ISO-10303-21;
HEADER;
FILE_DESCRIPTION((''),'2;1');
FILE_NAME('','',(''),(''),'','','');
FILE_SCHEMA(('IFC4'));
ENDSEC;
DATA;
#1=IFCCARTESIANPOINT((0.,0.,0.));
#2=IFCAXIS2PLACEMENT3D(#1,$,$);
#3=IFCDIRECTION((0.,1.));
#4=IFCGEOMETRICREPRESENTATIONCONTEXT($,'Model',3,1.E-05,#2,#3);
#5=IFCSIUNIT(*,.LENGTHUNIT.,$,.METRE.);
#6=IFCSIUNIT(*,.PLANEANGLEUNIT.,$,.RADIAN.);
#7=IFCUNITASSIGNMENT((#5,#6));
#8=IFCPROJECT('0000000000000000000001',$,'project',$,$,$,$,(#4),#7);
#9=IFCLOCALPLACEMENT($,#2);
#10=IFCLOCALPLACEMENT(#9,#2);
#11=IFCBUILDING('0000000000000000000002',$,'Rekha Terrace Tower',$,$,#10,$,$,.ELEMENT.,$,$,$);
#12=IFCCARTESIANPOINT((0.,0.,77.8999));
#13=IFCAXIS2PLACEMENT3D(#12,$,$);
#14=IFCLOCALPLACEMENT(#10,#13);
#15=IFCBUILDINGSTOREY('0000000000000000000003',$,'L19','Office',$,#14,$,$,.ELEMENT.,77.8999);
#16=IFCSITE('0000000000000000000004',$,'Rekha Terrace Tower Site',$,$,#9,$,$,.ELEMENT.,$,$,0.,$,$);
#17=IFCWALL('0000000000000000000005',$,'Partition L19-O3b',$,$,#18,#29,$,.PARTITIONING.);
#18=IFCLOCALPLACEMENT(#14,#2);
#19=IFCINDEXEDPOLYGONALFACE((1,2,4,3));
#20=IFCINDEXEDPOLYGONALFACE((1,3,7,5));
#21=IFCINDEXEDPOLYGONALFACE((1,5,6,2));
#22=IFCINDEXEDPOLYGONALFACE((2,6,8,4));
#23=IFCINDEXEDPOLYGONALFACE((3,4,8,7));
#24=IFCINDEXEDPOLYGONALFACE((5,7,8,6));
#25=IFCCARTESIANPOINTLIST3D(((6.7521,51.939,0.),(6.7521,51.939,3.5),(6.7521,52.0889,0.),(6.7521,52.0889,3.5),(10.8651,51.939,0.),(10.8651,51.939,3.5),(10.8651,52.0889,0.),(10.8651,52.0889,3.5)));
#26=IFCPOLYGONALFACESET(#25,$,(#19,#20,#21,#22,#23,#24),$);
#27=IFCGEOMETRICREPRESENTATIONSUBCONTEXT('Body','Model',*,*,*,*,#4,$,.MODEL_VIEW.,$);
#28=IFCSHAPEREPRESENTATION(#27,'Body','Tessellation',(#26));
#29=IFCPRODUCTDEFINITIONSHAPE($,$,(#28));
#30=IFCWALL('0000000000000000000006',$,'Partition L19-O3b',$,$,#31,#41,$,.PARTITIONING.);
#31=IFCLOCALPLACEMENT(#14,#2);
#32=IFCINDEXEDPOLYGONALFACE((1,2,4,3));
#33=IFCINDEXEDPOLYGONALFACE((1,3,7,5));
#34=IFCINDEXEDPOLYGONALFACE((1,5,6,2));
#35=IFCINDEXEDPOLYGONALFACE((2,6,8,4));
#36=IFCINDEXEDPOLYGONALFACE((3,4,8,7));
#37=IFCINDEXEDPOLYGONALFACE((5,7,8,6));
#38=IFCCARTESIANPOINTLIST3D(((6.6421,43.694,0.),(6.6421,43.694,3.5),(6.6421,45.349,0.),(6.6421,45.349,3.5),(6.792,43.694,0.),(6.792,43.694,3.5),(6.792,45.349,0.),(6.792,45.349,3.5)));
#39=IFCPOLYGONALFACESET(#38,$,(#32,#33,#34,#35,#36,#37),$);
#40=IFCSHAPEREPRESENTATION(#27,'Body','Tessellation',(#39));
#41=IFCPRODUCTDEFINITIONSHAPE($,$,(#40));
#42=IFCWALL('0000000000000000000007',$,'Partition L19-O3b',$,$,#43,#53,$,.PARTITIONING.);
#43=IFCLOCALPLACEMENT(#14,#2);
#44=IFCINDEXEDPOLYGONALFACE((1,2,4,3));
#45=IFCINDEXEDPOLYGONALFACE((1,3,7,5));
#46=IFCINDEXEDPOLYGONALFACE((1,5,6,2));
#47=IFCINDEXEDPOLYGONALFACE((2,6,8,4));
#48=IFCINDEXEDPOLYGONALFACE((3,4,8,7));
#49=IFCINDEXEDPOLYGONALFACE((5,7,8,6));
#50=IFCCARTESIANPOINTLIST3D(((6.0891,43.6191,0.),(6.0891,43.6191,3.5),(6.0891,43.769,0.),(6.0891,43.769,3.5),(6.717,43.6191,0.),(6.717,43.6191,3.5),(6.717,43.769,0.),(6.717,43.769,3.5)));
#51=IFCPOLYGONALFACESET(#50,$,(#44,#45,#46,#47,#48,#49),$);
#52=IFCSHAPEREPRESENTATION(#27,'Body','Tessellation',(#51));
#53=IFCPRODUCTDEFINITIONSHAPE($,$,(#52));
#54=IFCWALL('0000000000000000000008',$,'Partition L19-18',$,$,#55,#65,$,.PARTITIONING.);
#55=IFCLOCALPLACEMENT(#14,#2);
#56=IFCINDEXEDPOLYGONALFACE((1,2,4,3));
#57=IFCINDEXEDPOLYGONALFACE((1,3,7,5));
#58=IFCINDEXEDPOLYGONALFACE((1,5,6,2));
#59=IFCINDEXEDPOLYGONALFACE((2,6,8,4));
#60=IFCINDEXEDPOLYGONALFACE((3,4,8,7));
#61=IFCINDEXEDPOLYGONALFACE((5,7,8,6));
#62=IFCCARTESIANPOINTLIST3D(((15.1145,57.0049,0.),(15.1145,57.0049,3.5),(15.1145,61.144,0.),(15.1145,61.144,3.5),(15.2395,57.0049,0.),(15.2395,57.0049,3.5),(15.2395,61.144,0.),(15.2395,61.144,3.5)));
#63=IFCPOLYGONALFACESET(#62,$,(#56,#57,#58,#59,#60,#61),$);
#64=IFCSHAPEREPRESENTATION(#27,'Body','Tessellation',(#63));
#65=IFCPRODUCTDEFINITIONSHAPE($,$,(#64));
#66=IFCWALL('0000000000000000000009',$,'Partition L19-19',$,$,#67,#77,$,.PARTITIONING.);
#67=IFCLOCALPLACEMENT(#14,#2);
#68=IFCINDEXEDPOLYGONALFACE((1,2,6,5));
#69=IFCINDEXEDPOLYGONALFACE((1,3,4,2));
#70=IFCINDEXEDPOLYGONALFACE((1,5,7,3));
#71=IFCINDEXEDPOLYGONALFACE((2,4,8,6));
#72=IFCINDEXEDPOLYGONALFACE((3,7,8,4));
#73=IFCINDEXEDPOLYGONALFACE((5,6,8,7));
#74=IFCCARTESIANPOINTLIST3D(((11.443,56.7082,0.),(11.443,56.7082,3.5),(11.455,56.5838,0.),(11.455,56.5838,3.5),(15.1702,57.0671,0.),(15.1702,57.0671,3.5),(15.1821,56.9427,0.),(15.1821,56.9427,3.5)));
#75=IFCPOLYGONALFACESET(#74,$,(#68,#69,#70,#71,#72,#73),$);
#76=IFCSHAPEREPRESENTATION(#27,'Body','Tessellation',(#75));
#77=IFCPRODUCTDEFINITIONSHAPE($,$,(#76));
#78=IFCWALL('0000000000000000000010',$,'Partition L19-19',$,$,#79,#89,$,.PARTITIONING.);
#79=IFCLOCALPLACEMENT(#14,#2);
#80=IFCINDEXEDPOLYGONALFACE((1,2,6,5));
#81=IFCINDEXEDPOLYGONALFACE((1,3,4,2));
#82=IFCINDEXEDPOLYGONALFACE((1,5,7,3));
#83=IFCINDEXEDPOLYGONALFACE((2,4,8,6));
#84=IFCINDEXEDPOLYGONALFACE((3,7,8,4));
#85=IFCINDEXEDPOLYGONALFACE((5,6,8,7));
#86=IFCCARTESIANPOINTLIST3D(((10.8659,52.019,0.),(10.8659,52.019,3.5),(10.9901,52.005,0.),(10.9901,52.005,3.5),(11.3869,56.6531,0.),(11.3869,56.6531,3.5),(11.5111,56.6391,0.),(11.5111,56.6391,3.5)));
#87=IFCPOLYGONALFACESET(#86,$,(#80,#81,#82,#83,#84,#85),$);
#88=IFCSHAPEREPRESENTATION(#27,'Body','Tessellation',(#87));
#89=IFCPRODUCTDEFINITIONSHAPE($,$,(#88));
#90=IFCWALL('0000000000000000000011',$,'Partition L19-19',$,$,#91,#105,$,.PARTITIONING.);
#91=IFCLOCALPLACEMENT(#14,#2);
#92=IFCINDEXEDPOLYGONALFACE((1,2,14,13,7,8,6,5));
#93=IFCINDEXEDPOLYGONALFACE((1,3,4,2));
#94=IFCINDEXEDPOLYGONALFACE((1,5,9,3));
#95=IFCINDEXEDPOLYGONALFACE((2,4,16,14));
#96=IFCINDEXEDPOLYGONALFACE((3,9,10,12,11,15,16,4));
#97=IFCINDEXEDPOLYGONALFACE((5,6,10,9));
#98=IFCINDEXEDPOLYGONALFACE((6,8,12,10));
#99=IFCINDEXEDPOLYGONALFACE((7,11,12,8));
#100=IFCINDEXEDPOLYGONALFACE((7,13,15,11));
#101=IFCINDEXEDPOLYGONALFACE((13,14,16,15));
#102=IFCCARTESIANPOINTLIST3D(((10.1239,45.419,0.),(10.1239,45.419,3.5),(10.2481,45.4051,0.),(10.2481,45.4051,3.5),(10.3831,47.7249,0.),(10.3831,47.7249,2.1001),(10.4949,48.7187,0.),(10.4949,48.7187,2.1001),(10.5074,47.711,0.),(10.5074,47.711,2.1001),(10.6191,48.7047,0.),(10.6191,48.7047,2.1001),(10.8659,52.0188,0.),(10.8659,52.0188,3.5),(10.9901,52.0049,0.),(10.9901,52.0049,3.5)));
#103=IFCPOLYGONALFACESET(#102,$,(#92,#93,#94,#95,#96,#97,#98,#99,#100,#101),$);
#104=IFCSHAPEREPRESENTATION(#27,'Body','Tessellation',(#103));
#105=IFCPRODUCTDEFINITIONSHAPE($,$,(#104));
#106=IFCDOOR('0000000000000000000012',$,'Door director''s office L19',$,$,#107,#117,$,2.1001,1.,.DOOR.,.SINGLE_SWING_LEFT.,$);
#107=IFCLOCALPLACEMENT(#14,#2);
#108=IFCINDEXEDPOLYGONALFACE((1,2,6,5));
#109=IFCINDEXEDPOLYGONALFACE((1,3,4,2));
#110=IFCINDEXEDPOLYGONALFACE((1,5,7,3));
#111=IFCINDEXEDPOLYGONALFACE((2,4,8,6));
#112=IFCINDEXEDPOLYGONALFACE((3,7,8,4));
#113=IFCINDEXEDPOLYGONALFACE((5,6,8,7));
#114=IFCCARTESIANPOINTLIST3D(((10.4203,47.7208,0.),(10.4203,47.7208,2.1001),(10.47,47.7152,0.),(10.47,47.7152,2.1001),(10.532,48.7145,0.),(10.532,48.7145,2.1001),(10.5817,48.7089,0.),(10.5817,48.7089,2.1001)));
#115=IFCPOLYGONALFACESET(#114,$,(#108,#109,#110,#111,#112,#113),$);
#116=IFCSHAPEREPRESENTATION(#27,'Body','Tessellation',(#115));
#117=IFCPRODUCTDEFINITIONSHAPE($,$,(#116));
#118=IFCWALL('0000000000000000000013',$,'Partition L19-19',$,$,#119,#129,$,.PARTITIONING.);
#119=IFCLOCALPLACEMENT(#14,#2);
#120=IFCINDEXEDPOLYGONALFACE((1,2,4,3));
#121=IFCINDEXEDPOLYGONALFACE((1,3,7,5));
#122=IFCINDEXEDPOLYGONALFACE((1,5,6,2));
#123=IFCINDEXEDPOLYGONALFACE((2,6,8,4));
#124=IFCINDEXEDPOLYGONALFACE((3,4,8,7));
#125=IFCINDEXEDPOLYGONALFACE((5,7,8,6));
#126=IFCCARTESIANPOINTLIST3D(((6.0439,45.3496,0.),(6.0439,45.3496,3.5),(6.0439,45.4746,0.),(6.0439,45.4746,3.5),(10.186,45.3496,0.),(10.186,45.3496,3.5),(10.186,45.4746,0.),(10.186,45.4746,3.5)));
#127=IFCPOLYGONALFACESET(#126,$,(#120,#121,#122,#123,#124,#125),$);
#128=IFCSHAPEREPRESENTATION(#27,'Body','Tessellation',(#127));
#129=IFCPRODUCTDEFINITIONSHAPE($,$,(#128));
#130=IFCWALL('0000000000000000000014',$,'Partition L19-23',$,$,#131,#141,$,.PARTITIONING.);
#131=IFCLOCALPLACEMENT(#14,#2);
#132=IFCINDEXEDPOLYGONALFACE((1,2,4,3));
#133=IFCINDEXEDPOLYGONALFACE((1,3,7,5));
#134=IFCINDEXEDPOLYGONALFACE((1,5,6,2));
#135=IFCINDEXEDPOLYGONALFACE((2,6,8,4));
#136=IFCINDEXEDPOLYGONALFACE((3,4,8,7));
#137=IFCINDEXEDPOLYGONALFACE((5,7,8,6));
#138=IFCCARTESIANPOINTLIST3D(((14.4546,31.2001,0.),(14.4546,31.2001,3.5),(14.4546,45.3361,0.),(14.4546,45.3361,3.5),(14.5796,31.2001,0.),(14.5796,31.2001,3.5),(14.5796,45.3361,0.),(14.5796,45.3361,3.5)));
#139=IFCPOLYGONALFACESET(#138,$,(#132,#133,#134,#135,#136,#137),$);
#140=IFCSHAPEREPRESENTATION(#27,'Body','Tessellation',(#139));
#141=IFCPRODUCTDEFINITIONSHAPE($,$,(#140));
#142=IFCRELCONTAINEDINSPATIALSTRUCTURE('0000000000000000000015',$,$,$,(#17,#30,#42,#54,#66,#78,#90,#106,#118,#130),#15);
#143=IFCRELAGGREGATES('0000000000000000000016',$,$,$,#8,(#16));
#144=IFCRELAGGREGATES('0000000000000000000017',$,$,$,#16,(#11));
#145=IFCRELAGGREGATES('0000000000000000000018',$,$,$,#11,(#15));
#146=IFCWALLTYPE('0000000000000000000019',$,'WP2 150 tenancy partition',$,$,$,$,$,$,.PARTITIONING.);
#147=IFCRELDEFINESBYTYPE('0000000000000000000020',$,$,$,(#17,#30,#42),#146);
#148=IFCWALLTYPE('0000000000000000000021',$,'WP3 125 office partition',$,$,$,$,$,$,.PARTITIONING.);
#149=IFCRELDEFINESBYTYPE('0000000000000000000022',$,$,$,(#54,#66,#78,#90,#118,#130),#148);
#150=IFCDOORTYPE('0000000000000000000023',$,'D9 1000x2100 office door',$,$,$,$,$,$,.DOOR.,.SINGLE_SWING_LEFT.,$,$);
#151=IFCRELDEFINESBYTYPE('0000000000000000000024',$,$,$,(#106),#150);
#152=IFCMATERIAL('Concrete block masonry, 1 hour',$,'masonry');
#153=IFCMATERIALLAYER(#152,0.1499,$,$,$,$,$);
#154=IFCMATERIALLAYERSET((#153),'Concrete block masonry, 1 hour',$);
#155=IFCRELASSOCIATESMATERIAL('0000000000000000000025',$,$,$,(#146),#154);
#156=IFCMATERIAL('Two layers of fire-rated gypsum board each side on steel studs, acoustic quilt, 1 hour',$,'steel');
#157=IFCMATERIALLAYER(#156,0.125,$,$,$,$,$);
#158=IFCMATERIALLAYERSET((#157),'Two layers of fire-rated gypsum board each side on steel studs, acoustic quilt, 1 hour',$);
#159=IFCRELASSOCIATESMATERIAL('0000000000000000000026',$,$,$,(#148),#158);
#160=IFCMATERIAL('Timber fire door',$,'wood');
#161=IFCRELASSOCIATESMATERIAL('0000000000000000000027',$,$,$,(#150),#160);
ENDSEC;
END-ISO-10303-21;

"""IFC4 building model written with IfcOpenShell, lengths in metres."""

from ifc_helpers import new_model, si_unit, direction, frame, frame_2d, origin, place, context, subcontext, project, spatial, rectangle, extrude, material, layer, layer_set, type_object, element, fill, save


model = new_model("IFC4")

# Units and contexts
model_context = context("Model", 3, precision=1e-05, world=origin(), true_north=direction((0.0, 1.0)))
body_context = subcontext(model_context, "Body", "Model", "MODEL_VIEW")
ifc_project = project(units=[si_unit("LENGTHUNIT", "METRE"), si_unit("PLANEANGLEUNIT", "RADIAN")], contexts=[model_context])

# Site, building, storey
site_placement = place(None, origin())
site = spatial("IfcSite", under=ifc_project, at=site_placement, Name="Rekha Terrace Tower Site", CompositionType="ELEMENT", RefElevation=0.0)
building_placement = place(site_placement, origin())
building = spatial("IfcBuilding", under=site, at=building_placement, Name="Rekha Terrace Tower", CompositionType="ELEMENT")
storey_placement = place(building_placement, frame((0.0, 0.0, 77.8999)))
storey = spatial("IfcBuildingStorey", under=building, at=storey_placement, Name="L19", Description="Office", CompositionType="ELEMENT", Elevation=77.8999)

# Walls
ifc_material_1 = material(Name="Concrete block masonry, 1 hour", Category="masonry")
ifc_layer_1 = layer(ifc_material_1, 0.1499)
ifc_layer_set_1 = layer_set([ifc_layer_1], Name="Concrete block masonry, 1 hour")
wall_type_1 = type_object("IfcWallType", Name="WP2 150 tenancy partition", PredefinedType="PARTITIONING", material=ifc_layer_set_1)
wall_1_placement = place(storey_placement, frame((6.752, 52.0139, 0.0), z_axis=(0.0, 0.0, 1.0), x_axis=(1.0, 0.0, 0.0)))
element("IfcWall", 1, at=wall_1_placement, inside=storey, type_object=wall_type_1, Name="Partition L19-O3b", PredefinedType="PARTITIONING", context=body_context, shape_type="SweptSolid", body=[
    extrude(rectangle(XDim=4.113, YDim=0.1499, at=frame_2d((2.0566, 0.0))), origin(), (0.0, 0.0, 1.0), 3.5),
])
wall_2_placement = place(storey_placement, frame((6.717, 45.3491, 0.0), z_axis=(0.0, 0.0, 1.0), x_axis=(0.0, -1.0, 0.0)))
element("IfcWall", 2, at=wall_2_placement, inside=storey, type_object=wall_type_1, Name="Partition L19-O3b", PredefinedType="PARTITIONING", context=body_context, shape_type="SweptSolid", body=[
    extrude(rectangle(XDim=1.655, YDim=0.1499, at=frame_2d((0.8276, 0.0))), origin(), (0.0, 0.0, 1.0), 3.5),
])
wall_3_placement = place(storey_placement, frame((6.717, 43.6941, 0.0), z_axis=(0.0, 0.0, 1.0), x_axis=(-1.0, 0.0, 0.0)))
element("IfcWall", 3, at=wall_3_placement, inside=storey, type_object=wall_type_1, Name="Partition L19-O3b", PredefinedType="PARTITIONING", context=body_context, shape_type="SweptSolid", body=[
    extrude(rectangle(XDim=0.6279, YDim=0.1499, at=frame_2d((0.314, 0.0))), origin(), (0.0, 0.0, 1.0), 3.5),
])
ifc_material_2 = material(Name="Two layers of fire-rated gypsum board each side on steel studs, acoustic quilt, 1 hour", Category="steel")
ifc_layer_2 = layer(ifc_material_2, 0.125)
ifc_layer_set_2 = layer_set([ifc_layer_2], Name="Two layers of fire-rated gypsum board each side on steel studs, acoustic quilt, 1 hour")
wall_type_2 = type_object("IfcWallType", Name="WP3 125 office partition", PredefinedType="PARTITIONING", material=ifc_layer_set_2)
wall_4_placement = place(storey_placement, frame((15.177, 57.0049, 0.0), z_axis=(0.0, 0.0, 1.0), x_axis=(0.0, 1.0, 0.0)))
element("IfcWall", 4, at=wall_4_placement, inside=storey, type_object=wall_type_2, Name="Partition L19-18", PredefinedType="PARTITIONING", context=body_context, shape_type="SweptSolid", body=[
    extrude(rectangle(XDim=4.1392, YDim=0.125, at=frame_2d((2.0696, 0.0))), origin(), (0.0, 0.0, 1.0), 3.5),
])
wall_5_placement = place(storey_placement, frame((15.176, 57.0049, 0.0), z_axis=(0.0, 0.0, 1.0), x_axis=(-0.995396, -0.095849, 0.0)))
element("IfcWall", 5, at=wall_5_placement, inside=storey, type_object=wall_type_2, Name="Partition L19-19", PredefinedType="PARTITIONING", context=body_context, shape_type="SweptSolid", body=[
    extrude(rectangle(XDim=3.7444, YDim=0.125, at=frame_2d((1.8721, 0.0))), origin(), (0.0, 0.0, 1.0), 3.5),
])
wall_6_placement = place(storey_placement, frame((11.449, 56.646, 0.0), z_axis=(0.0, 0.0, 1.0), x_axis=(-0.111724, -0.993739, 0.0)))
element("IfcWall", 6, at=wall_6_placement, inside=storey, type_object=wall_type_2, Name="Partition L19-19", PredefinedType="PARTITIONING", context=body_context, shape_type="SweptSolid", body=[
    extrude(rectangle(XDim=4.6633, YDim=0.125, at=frame_2d((2.3315, 0.0))), origin(), (0.0, 0.0, 1.0), 3.5),
])

# Wall, opening, door
wall_7_placement = place(storey_placement, frame((10.928, 52.012, 0.0), z_axis=(0.0, 0.0, 1.0), x_axis=(-0.111714, -0.99374, 0.0)))
wall_7 = element("IfcWall", 7, at=wall_7_placement, inside=storey, type_object=wall_type_2, Name="Partition L19-19", PredefinedType="PARTITIONING", context=body_context, shape_type="SweptSolid", body=[
    extrude(rectangle(XDim=6.6414, YDim=0.125, at=frame_2d((3.3208, 0.0))), origin(), (0.0, 0.0, 1.0), 3.5),
])
opening_placement = place(wall_7_placement, frame((3.321, 0.0, 0.0)))
opening = element("IfcOpeningElement", 8, at=opening_placement, cuts=wall_7, PredefinedType="OPENING", context=body_context, shape_type="SweptSolid", body=[
    extrude(rectangle(XDim=1.0, YDim=2.1001, at=frame_2d((0.5, 1.05))), frame((0.0, 0.0725, 0.0), z_axis=(0.0, -1.0, 0.0), x_axis=(1.0, 0.0, 0.0)), (0.0, 0.0, 1.0), 0.145),
])
ifc_material_3 = material(Name="Timber fire door", Category="wood")
door_type = type_object("IfcDoorType", Name="D9 1000x2100 office door", OperationType="SINGLE_SWING_LEFT", PredefinedType="DOOR", material=ifc_material_3)
door_placement = place(opening_placement, origin())
door = element("IfcDoor", 9, at=door_placement, inside=storey, type_object=door_type, Name="Door director's office L19", OperationType="SINGLE_SWING_LEFT", OverallHeight=2.1001, OverallWidth=1.0, PredefinedType="DOOR", context=body_context, shape_type="SweptSolid", body=[
    extrude(rectangle(XDim=1.0, YDim=2.1001, at=frame_2d((0.5, 1.05))), frame((0.0, 0.0249, 0.0), z_axis=(0.0, -1.0, 0.0), x_axis=(1.0, 0.0, 0.0)), (0.0, 0.0, 1.0), 0.05),
])
fill(opening, door)

# Walls
wall_8_placement = place(storey_placement, frame((10.186, 45.4121, 0.0), z_axis=(0.0, 0.0, 1.0), x_axis=(-1.0, 0.0, 0.0)))
element("IfcWall", 10, at=wall_8_placement, inside=storey, type_object=wall_type_2, Name="Partition L19-19", PredefinedType="PARTITIONING", context=body_context, shape_type="SweptSolid", body=[
    extrude(rectangle(XDim=4.1421, YDim=0.125, at=frame_2d((2.071, 0.0))), origin(), (0.0, 0.0, 1.0), 3.5),
])
wall_9_placement = place(storey_placement, frame((14.5171, 45.3359, 0.0), z_axis=(0.0, 0.0, 1.0), x_axis=(0.0, -1.0, 0.0)))
element("IfcWall", 11, at=wall_9_placement, inside=storey, type_object=wall_type_2, Name="Partition L19-23", PredefinedType="PARTITIONING", context=body_context, shape_type="SweptSolid", body=[
    extrude(rectangle(XDim=14.136, YDim=0.125, at=frame_2d((7.0679, 0.0))), origin(), (0.0, 0.0, 1.0), 3.5),
])

save(model, "model.ifc")
